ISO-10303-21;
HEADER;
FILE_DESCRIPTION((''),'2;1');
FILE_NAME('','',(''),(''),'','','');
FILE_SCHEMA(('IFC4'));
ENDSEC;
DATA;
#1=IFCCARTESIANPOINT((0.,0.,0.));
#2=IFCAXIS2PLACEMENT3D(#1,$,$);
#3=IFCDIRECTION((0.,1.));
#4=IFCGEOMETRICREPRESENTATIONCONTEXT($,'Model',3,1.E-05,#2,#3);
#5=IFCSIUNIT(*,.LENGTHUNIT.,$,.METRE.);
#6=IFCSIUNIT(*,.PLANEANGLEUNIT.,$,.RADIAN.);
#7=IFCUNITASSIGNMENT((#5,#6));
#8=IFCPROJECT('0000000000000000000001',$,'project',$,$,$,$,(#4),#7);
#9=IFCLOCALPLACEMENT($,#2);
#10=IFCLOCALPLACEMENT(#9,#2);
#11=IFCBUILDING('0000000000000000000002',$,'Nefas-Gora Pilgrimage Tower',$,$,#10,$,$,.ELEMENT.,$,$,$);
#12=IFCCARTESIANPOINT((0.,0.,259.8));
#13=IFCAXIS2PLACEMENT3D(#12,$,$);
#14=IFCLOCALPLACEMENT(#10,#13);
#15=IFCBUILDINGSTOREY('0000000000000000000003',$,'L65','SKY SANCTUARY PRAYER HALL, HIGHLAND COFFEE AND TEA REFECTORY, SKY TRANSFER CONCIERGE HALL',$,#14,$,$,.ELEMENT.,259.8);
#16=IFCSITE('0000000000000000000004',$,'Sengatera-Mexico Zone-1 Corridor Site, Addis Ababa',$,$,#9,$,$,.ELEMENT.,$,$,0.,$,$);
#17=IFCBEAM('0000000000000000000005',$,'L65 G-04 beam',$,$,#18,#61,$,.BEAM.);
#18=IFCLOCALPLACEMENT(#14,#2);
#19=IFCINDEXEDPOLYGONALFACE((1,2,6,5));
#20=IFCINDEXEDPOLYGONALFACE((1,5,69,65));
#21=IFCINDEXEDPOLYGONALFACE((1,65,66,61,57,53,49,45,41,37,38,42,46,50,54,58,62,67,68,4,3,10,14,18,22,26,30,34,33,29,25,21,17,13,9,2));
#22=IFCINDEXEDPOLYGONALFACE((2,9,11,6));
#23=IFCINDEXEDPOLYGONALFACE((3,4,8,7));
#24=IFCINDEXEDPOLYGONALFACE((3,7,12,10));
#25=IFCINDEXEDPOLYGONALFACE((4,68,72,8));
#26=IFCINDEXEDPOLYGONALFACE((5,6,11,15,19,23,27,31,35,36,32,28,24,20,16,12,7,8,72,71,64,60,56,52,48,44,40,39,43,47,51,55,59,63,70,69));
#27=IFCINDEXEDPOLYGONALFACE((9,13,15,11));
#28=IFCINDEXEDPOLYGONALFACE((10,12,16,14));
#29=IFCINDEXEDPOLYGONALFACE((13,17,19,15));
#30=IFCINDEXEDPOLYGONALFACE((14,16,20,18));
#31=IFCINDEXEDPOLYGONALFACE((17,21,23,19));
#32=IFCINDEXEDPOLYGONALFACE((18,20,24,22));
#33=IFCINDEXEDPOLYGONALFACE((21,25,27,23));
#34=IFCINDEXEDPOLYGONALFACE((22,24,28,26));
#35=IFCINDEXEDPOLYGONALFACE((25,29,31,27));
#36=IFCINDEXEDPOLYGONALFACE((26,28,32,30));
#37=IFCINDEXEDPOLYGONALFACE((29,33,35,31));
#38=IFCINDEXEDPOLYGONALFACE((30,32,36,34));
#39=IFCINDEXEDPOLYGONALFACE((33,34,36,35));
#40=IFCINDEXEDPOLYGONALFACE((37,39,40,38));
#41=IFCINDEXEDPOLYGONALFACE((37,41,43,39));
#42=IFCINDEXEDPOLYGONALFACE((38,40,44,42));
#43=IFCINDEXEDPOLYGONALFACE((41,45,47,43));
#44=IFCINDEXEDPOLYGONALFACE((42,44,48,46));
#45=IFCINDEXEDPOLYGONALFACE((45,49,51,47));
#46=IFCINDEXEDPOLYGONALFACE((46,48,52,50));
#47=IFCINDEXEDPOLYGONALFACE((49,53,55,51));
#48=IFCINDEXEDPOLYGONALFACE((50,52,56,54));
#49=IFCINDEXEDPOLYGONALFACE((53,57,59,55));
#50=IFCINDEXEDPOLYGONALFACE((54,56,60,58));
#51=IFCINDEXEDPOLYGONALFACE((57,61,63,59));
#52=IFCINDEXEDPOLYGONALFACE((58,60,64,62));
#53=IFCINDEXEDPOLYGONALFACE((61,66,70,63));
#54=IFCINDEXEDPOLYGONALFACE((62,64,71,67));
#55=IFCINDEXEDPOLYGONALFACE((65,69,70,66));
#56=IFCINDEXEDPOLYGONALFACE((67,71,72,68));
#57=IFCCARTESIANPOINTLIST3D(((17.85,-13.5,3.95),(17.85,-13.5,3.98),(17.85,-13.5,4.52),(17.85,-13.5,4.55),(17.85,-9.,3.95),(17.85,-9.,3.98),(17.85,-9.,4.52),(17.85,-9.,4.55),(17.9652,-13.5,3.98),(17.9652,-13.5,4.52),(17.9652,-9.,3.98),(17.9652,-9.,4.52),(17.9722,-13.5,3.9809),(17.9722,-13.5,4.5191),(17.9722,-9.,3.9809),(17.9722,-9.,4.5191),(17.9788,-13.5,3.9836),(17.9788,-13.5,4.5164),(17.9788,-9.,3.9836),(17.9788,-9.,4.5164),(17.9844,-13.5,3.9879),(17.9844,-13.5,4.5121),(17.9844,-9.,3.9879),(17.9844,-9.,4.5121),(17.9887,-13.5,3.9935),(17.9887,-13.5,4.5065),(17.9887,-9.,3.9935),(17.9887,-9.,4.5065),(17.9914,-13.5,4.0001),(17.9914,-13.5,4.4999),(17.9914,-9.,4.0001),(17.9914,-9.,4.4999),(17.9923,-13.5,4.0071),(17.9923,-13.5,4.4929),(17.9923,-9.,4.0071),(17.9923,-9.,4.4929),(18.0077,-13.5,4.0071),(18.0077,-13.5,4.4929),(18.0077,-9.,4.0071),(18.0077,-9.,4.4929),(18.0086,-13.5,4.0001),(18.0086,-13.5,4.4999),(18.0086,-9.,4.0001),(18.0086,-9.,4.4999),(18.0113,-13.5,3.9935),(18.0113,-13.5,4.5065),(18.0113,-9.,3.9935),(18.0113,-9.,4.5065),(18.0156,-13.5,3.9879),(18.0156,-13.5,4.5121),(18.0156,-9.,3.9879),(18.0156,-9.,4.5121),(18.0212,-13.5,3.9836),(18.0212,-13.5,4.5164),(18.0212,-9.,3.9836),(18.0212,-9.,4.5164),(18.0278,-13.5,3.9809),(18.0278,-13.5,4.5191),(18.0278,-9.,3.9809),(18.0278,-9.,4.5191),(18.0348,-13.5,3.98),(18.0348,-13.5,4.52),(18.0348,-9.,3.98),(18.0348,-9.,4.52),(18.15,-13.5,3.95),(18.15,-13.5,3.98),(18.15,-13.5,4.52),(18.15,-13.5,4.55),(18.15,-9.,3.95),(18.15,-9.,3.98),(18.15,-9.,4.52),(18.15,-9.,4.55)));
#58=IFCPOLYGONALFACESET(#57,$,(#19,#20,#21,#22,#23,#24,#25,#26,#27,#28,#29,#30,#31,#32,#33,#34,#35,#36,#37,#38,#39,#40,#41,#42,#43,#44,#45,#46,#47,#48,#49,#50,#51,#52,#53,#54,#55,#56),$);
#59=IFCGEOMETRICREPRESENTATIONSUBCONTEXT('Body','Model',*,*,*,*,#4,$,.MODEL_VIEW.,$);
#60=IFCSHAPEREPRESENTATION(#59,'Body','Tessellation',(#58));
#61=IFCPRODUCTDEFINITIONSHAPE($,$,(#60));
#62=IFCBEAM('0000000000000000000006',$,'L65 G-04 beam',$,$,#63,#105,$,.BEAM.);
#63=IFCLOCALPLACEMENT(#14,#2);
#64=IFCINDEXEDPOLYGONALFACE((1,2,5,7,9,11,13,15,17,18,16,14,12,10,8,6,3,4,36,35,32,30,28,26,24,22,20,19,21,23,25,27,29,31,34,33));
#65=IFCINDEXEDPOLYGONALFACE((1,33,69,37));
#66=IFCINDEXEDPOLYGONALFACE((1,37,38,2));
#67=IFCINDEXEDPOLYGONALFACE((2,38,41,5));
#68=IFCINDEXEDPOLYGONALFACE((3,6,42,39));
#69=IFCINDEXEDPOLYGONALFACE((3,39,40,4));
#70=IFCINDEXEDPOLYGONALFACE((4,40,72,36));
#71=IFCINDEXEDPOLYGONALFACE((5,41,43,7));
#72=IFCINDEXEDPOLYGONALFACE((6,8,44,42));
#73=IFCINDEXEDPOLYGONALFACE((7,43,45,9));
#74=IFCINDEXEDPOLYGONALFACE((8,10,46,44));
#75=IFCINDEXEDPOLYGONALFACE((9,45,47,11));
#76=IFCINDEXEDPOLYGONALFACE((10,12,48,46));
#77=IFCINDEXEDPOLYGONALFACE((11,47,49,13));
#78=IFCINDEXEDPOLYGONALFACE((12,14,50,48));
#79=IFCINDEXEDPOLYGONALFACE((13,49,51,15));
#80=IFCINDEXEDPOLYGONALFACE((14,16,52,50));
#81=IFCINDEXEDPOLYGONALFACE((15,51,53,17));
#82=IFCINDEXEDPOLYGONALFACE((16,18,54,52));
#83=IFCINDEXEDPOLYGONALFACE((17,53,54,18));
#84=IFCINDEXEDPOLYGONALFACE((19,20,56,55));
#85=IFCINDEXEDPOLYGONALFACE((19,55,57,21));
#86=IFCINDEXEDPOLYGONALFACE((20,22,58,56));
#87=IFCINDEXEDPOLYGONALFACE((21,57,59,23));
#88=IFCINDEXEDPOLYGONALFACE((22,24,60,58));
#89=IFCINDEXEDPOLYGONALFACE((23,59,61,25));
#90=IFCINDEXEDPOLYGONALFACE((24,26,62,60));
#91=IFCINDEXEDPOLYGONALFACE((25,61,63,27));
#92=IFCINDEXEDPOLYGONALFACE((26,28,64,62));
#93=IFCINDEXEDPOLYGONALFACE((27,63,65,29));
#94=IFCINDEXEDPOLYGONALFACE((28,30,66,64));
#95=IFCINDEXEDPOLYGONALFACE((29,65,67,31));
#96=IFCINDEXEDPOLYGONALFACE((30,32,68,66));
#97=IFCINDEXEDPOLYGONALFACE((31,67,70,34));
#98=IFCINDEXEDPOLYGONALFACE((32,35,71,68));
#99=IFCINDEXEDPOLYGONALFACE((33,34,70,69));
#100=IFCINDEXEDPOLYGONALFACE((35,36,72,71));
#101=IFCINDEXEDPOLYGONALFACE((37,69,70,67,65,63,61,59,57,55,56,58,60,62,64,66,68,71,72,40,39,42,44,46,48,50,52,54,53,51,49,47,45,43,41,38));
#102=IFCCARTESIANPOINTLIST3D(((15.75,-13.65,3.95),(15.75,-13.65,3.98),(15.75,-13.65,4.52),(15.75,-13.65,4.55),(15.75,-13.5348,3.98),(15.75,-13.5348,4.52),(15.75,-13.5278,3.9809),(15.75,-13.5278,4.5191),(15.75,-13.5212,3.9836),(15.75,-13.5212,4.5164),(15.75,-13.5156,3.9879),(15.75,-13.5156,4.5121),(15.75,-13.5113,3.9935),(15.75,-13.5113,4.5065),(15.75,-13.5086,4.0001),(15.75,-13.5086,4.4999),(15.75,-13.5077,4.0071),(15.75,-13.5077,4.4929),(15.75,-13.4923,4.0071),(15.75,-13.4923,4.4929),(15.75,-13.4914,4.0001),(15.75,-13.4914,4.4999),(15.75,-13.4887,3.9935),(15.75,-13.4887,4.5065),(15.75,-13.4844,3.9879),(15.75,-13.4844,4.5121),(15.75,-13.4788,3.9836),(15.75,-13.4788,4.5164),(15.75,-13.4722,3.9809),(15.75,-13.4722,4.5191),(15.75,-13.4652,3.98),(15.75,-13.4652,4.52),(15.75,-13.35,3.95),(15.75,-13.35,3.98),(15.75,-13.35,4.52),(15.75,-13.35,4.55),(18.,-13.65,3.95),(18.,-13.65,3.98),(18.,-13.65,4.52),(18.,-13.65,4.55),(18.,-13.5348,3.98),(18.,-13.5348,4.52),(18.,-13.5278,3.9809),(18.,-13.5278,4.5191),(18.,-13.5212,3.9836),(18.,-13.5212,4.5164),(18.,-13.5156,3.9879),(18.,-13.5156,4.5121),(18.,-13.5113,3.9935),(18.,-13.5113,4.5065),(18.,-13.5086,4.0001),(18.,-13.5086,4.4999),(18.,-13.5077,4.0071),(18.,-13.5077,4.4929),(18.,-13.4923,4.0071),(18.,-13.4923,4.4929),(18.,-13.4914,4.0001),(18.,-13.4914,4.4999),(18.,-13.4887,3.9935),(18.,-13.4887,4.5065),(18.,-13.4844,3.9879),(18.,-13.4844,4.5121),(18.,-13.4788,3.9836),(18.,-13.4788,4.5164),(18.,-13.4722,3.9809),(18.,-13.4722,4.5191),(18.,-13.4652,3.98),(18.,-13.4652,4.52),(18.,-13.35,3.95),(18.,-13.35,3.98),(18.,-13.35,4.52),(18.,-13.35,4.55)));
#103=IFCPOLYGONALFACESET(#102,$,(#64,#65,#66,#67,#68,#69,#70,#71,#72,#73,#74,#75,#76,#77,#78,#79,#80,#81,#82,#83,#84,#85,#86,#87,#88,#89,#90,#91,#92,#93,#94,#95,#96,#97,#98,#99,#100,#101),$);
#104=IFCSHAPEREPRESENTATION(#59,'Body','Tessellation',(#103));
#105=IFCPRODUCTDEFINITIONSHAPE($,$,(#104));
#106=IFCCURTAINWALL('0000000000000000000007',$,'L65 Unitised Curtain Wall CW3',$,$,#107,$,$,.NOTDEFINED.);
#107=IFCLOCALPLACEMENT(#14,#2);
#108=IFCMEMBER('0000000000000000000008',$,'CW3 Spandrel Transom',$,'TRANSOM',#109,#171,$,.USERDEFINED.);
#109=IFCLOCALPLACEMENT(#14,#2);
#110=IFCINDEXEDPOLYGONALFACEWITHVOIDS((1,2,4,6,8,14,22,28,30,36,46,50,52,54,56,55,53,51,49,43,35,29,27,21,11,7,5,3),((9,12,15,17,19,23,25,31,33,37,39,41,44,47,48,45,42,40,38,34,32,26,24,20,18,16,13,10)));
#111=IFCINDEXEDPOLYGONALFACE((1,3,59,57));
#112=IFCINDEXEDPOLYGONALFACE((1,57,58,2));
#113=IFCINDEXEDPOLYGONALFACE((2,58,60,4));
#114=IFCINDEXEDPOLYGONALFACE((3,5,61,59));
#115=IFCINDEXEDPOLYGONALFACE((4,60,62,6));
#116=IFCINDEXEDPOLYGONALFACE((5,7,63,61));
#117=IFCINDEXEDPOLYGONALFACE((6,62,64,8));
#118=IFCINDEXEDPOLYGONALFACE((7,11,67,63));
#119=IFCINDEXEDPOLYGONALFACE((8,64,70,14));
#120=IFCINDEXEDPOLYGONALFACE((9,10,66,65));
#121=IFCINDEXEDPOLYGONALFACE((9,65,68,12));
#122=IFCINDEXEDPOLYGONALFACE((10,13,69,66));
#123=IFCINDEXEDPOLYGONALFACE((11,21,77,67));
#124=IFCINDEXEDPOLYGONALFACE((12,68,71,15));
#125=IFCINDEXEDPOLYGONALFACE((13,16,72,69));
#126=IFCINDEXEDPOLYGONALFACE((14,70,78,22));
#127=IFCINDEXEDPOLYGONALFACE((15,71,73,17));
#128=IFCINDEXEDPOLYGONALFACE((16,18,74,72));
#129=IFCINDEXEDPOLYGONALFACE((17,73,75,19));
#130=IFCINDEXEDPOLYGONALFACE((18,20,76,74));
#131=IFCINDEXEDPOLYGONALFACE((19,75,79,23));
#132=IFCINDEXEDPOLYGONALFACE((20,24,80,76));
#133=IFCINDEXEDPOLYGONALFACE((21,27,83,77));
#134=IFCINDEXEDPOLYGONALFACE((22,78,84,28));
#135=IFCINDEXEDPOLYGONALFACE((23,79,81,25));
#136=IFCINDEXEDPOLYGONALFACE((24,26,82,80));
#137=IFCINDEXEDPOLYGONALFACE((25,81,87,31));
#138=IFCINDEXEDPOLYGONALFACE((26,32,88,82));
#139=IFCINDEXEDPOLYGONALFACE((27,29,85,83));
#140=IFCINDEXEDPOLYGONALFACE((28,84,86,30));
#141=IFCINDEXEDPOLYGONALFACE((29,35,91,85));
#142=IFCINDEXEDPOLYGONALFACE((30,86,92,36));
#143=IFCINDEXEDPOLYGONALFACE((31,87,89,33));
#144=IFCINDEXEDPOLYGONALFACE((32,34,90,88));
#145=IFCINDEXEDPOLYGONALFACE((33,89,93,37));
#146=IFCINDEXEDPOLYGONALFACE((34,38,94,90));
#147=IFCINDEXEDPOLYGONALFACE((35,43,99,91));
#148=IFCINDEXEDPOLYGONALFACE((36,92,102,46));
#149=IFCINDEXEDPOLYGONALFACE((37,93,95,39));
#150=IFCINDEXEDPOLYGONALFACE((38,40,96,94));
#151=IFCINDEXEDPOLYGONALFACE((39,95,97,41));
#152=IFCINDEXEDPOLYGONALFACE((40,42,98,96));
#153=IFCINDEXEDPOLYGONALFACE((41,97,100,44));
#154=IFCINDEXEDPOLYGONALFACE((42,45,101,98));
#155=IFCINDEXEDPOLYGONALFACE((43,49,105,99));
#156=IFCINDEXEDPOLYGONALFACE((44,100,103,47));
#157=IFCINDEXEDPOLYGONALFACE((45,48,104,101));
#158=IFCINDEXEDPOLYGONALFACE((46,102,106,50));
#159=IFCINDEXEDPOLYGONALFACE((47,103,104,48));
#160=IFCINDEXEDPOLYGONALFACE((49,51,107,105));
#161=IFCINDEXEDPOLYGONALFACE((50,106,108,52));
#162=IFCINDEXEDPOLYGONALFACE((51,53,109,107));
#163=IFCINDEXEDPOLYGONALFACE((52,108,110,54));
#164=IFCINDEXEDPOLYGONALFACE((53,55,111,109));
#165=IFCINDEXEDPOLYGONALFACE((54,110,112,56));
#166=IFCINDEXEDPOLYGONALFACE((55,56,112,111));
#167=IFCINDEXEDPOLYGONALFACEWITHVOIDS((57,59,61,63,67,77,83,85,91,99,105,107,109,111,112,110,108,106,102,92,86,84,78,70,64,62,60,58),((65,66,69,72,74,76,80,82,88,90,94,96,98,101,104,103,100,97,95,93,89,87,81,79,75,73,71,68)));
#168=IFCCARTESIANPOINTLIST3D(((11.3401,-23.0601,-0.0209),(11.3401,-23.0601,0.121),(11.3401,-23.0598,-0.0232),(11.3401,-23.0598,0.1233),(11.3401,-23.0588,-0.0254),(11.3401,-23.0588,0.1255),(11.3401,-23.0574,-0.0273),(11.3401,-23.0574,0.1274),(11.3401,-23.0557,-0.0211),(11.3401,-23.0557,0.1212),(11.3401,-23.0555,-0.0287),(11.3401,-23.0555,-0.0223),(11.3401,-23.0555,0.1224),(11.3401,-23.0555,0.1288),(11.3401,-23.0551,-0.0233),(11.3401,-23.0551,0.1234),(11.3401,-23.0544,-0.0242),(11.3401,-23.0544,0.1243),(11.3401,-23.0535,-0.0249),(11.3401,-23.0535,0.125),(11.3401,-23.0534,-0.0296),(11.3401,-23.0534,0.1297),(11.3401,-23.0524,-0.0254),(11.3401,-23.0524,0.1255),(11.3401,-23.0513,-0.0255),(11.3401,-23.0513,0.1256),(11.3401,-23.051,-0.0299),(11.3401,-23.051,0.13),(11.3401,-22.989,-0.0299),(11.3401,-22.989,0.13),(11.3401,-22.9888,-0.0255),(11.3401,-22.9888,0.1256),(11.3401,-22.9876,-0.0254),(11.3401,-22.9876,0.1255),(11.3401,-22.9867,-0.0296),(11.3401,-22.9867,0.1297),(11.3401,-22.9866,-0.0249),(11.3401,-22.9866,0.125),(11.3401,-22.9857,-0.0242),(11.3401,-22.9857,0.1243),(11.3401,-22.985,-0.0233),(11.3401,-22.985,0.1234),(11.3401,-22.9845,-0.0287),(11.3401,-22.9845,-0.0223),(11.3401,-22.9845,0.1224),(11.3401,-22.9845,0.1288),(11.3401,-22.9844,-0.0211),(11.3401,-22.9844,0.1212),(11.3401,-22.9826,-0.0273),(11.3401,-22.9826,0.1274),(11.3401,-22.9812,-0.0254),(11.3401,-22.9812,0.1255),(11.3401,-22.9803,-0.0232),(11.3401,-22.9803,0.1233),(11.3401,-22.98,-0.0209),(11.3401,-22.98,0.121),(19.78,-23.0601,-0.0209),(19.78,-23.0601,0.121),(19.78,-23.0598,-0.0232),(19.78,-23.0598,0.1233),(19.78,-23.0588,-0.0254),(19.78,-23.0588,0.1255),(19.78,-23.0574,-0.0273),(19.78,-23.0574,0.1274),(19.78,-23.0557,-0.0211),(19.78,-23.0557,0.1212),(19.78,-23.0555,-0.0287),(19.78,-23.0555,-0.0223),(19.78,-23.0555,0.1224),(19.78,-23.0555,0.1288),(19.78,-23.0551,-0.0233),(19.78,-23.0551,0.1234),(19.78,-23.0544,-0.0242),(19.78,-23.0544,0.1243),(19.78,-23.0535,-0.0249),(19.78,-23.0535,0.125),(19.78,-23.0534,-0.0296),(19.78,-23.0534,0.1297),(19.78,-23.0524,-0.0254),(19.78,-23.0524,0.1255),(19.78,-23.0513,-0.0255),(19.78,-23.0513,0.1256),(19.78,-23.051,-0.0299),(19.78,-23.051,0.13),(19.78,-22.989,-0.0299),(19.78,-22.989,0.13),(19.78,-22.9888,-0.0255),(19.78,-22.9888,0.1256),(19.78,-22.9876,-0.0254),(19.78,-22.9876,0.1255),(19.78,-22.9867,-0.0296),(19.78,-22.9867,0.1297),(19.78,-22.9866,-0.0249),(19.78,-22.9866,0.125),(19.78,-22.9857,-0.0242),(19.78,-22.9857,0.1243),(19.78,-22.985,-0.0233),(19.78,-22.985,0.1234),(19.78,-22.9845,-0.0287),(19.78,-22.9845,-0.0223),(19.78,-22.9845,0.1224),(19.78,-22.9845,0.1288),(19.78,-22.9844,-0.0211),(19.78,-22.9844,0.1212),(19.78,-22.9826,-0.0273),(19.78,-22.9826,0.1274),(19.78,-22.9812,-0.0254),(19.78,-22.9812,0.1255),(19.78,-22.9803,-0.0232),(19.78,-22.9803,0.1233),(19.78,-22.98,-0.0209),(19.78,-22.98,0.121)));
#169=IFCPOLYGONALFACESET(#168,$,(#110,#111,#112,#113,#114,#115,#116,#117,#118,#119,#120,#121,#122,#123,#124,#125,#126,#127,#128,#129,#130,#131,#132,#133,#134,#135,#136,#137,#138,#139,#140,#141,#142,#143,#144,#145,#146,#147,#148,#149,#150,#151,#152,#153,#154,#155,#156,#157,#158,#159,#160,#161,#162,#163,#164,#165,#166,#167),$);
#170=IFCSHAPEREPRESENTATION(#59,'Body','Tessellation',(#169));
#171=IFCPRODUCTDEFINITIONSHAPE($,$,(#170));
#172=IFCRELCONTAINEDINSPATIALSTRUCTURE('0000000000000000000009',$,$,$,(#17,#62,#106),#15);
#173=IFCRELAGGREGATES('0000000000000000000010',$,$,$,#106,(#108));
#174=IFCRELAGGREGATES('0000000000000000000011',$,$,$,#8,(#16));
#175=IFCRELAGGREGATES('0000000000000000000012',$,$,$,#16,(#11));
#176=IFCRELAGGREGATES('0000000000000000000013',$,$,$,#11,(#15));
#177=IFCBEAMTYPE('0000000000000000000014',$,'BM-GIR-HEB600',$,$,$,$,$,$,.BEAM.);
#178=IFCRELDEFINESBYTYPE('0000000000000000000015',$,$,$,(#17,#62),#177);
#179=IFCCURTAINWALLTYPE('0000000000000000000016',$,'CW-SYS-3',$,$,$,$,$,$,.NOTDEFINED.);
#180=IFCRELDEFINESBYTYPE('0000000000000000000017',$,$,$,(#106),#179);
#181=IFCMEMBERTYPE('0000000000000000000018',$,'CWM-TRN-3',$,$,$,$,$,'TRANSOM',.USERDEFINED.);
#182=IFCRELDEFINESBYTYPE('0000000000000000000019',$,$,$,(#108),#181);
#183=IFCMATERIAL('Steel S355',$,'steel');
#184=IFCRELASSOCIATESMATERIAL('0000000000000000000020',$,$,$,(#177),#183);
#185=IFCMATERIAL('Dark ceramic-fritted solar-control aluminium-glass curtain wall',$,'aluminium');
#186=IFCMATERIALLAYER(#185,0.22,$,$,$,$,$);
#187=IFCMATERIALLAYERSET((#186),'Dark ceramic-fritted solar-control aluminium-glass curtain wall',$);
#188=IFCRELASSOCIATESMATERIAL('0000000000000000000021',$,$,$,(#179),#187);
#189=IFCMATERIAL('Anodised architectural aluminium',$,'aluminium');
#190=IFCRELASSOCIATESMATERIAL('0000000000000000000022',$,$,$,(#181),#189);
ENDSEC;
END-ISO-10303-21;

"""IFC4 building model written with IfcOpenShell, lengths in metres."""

from ifc_helpers import new_model, si_unit, direction, frame, origin, origin_2d, place, context, subcontext, project, spatial, hollow_rectangle, i_section, extrude, source, transform, mapped, material, layer, layer_set, material_profile, profile_set, type_object, element, aggregate, save


model = new_model("IFC4")

# Units and contexts
model_context = context("Model", 3, precision=1e-05, world=origin(), true_north=direction((0.0, 1.0)))
body_context = subcontext(model_context, "Body", "Model", "MODEL_VIEW")
ifc_project = project(units=[si_unit("LENGTHUNIT", "METRE"), si_unit("PLANEANGLEUNIT", "RADIAN")], contexts=[model_context])

# Site, building, storey
site_placement = place(None, origin())
site = spatial("IfcSite", under=ifc_project, at=site_placement, Name="Sengatera-Mexico Zone-1 Corridor Site, Addis Ababa", CompositionType="ELEMENT", RefElevation=0.0)
building_placement = place(site_placement, origin())
building = spatial("IfcBuilding", under=site, at=building_placement, Name="Nefas-Gora Pilgrimage Tower", CompositionType="ELEMENT")
storey_placement = place(building_placement, frame((0.0, 0.0, 259.8)))
storey = spatial("IfcBuildingStorey", under=building, at=storey_placement, Name="L65", Description="SKY SANCTUARY PRAYER HALL, HIGHLAND COFFEE AND TEA REFECTORY, SKY TRANSFER CONCIERGE HALL", CompositionType="ELEMENT", Elevation=259.8)

# Beams
ifc_material_1 = material(Name="Steel S355", Category="steel")
ifc_material_profile_1 = material_profile(ifc_material_1, i_section(OverallWidth=0.3, OverallDepth=0.6001, WebThickness=0.0154, FlangeThickness=0.03, FilletRadius=0.0271, at=origin_2d()), Name="HEB 600")
ifc_profile_set_1 = profile_set([ifc_material_profile_1], Name="Steel S355")
beam_type = type_object("IfcBeamType", Name="BM-GIR-HEB600", PredefinedType="BEAM", material=ifc_profile_set_1)
shared_shape_1 = source(origin(), body_context, "Body", "SweptSolid", [
    extrude(i_section(OverallWidth=0.3, OverallDepth=0.6001, WebThickness=0.0154, FlangeThickness=0.03, FilletRadius=0.0271, at=origin_2d()), origin(), (0.0, 0.0, 1.0), 4.5),
])
for number, where, z_axis, x_axis, name in (
    (1, (18.0, -13.5, 4.25), (0.0, 1.0, 0.0), (-1.0, 0.0, 0.0), "L65 G-04 beam"),
):
    element("IfcBeam", number, at=place(storey_placement, frame(where, z_axis=z_axis, x_axis=x_axis)), inside=storey, type_object=beam_type, Name=name, PredefinedType="BEAM", context=body_context, shape_type="MappedRepresentation", body=[
        mapped(shared_shape_1, transform((0.0, 0.0, 0.0), x_axis=(1.0, 0.0, 0.0), y_axis=(0.0, 1.0, 0.0), z_axis=(0.0, 0.0, 1.0), scale=1.0)),
    ])
shared_shape_2 = source(origin(), body_context, "Body", "SweptSolid", [
    extrude(i_section(OverallWidth=0.3, OverallDepth=0.6001, WebThickness=0.0154, FlangeThickness=0.03, FilletRadius=0.0271, at=origin_2d()), origin(), (0.0, 0.0, 1.0), 2.25),
])
beam_1_placement = place(storey_placement, frame((15.75, -13.5, 4.25), z_axis=(1.0, 0.0, 0.0), x_axis=(0.0, 1.0, 0.0)))
element("IfcBeam", 2, at=beam_1_placement, inside=storey, type_object=beam_type, Name="L65 G-04 beam", PredefinedType="BEAM", context=body_context, shape_type="MappedRepresentation", body=[
    mapped(shared_shape_2, transform((0.0, 0.0, 0.0), x_axis=(1.0, 0.0, 0.0), y_axis=(0.0, 1.0, 0.0), z_axis=(0.0, 0.0, 1.0), scale=1.0)),
])

# Curtain wall, member
ifc_material_2 = material(Name="Dark ceramic-fritted solar-control aluminium-glass curtain wall", Category="aluminium")
ifc_layer_1 = layer(ifc_material_2, 0.22)
ifc_layer_set_1 = layer_set([ifc_layer_1], Name="Dark ceramic-fritted solar-control aluminium-glass curtain wall")
curtain_wall_type = type_object("IfcCurtainWallType", Name="CW-SYS-3", PredefinedType="NOTDEFINED", material=ifc_layer_set_1)
curtain_wall_1_placement = place(storey_placement, origin())
curtain_wall_1 = element("IfcCurtainWall", 3, at=curtain_wall_1_placement, inside=storey, type_object=curtain_wall_type, Name="L65 Unitised Curtain Wall CW3", PredefinedType="NOTDEFINED")
ifc_material_3 = material(Name="Anodised architectural aluminium", Category="aluminium")
ifc_material_profile_2 = material_profile(ifc_material_3, hollow_rectangle(XDim=0.0801, YDim=0.1599, WallThickness=0.0044, InnerFilletRadius=0.0044, OuterFilletRadius=0.009, at=origin_2d()), Name="ALU TRANSOM 80x160")
ifc_profile_set_2 = profile_set([ifc_material_profile_2], Name="Anodised architectural aluminium")
member_type_1 = type_object("IfcMemberType", Name="CWM-TRN-3", ElementType="TRANSOM", PredefinedType="USERDEFINED", material=ifc_profile_set_2)
shared_shape_3 = source(origin(), body_context, "Body", "SweptSolid", [
    extrude(hollow_rectangle(XDim=0.0801, YDim=0.1599, WallThickness=0.0044, InnerFilletRadius=0.0044, OuterFilletRadius=0.009, at=origin_2d()), origin(), (0.0, 0.0, 1.0), 8.4399),
])
member_1_placement = place(storey_placement, frame((11.3401, -23.02, 0.05), z_axis=(1.0, 0.0, 0.0), x_axis=(0.0, 1.0, 0.0)))
member_1 = element("IfcMember", 4, at=member_1_placement, type_object=member_type_1, Name="CW3 Spandrel Transom", ObjectType="TRANSOM", PredefinedType="USERDEFINED", context=body_context, shape_type="MappedRepresentation", body=[
    mapped(shared_shape_3, transform((0.0, 0.0, 0.0), x_axis=(1.0, 0.0, 0.0), y_axis=(0.0, 1.0, 0.0), z_axis=(0.0, 0.0, 1.0), scale=1.0)),
])

aggregate(curtain_wall_1, [member_1])

save(model, "model.ifc")
